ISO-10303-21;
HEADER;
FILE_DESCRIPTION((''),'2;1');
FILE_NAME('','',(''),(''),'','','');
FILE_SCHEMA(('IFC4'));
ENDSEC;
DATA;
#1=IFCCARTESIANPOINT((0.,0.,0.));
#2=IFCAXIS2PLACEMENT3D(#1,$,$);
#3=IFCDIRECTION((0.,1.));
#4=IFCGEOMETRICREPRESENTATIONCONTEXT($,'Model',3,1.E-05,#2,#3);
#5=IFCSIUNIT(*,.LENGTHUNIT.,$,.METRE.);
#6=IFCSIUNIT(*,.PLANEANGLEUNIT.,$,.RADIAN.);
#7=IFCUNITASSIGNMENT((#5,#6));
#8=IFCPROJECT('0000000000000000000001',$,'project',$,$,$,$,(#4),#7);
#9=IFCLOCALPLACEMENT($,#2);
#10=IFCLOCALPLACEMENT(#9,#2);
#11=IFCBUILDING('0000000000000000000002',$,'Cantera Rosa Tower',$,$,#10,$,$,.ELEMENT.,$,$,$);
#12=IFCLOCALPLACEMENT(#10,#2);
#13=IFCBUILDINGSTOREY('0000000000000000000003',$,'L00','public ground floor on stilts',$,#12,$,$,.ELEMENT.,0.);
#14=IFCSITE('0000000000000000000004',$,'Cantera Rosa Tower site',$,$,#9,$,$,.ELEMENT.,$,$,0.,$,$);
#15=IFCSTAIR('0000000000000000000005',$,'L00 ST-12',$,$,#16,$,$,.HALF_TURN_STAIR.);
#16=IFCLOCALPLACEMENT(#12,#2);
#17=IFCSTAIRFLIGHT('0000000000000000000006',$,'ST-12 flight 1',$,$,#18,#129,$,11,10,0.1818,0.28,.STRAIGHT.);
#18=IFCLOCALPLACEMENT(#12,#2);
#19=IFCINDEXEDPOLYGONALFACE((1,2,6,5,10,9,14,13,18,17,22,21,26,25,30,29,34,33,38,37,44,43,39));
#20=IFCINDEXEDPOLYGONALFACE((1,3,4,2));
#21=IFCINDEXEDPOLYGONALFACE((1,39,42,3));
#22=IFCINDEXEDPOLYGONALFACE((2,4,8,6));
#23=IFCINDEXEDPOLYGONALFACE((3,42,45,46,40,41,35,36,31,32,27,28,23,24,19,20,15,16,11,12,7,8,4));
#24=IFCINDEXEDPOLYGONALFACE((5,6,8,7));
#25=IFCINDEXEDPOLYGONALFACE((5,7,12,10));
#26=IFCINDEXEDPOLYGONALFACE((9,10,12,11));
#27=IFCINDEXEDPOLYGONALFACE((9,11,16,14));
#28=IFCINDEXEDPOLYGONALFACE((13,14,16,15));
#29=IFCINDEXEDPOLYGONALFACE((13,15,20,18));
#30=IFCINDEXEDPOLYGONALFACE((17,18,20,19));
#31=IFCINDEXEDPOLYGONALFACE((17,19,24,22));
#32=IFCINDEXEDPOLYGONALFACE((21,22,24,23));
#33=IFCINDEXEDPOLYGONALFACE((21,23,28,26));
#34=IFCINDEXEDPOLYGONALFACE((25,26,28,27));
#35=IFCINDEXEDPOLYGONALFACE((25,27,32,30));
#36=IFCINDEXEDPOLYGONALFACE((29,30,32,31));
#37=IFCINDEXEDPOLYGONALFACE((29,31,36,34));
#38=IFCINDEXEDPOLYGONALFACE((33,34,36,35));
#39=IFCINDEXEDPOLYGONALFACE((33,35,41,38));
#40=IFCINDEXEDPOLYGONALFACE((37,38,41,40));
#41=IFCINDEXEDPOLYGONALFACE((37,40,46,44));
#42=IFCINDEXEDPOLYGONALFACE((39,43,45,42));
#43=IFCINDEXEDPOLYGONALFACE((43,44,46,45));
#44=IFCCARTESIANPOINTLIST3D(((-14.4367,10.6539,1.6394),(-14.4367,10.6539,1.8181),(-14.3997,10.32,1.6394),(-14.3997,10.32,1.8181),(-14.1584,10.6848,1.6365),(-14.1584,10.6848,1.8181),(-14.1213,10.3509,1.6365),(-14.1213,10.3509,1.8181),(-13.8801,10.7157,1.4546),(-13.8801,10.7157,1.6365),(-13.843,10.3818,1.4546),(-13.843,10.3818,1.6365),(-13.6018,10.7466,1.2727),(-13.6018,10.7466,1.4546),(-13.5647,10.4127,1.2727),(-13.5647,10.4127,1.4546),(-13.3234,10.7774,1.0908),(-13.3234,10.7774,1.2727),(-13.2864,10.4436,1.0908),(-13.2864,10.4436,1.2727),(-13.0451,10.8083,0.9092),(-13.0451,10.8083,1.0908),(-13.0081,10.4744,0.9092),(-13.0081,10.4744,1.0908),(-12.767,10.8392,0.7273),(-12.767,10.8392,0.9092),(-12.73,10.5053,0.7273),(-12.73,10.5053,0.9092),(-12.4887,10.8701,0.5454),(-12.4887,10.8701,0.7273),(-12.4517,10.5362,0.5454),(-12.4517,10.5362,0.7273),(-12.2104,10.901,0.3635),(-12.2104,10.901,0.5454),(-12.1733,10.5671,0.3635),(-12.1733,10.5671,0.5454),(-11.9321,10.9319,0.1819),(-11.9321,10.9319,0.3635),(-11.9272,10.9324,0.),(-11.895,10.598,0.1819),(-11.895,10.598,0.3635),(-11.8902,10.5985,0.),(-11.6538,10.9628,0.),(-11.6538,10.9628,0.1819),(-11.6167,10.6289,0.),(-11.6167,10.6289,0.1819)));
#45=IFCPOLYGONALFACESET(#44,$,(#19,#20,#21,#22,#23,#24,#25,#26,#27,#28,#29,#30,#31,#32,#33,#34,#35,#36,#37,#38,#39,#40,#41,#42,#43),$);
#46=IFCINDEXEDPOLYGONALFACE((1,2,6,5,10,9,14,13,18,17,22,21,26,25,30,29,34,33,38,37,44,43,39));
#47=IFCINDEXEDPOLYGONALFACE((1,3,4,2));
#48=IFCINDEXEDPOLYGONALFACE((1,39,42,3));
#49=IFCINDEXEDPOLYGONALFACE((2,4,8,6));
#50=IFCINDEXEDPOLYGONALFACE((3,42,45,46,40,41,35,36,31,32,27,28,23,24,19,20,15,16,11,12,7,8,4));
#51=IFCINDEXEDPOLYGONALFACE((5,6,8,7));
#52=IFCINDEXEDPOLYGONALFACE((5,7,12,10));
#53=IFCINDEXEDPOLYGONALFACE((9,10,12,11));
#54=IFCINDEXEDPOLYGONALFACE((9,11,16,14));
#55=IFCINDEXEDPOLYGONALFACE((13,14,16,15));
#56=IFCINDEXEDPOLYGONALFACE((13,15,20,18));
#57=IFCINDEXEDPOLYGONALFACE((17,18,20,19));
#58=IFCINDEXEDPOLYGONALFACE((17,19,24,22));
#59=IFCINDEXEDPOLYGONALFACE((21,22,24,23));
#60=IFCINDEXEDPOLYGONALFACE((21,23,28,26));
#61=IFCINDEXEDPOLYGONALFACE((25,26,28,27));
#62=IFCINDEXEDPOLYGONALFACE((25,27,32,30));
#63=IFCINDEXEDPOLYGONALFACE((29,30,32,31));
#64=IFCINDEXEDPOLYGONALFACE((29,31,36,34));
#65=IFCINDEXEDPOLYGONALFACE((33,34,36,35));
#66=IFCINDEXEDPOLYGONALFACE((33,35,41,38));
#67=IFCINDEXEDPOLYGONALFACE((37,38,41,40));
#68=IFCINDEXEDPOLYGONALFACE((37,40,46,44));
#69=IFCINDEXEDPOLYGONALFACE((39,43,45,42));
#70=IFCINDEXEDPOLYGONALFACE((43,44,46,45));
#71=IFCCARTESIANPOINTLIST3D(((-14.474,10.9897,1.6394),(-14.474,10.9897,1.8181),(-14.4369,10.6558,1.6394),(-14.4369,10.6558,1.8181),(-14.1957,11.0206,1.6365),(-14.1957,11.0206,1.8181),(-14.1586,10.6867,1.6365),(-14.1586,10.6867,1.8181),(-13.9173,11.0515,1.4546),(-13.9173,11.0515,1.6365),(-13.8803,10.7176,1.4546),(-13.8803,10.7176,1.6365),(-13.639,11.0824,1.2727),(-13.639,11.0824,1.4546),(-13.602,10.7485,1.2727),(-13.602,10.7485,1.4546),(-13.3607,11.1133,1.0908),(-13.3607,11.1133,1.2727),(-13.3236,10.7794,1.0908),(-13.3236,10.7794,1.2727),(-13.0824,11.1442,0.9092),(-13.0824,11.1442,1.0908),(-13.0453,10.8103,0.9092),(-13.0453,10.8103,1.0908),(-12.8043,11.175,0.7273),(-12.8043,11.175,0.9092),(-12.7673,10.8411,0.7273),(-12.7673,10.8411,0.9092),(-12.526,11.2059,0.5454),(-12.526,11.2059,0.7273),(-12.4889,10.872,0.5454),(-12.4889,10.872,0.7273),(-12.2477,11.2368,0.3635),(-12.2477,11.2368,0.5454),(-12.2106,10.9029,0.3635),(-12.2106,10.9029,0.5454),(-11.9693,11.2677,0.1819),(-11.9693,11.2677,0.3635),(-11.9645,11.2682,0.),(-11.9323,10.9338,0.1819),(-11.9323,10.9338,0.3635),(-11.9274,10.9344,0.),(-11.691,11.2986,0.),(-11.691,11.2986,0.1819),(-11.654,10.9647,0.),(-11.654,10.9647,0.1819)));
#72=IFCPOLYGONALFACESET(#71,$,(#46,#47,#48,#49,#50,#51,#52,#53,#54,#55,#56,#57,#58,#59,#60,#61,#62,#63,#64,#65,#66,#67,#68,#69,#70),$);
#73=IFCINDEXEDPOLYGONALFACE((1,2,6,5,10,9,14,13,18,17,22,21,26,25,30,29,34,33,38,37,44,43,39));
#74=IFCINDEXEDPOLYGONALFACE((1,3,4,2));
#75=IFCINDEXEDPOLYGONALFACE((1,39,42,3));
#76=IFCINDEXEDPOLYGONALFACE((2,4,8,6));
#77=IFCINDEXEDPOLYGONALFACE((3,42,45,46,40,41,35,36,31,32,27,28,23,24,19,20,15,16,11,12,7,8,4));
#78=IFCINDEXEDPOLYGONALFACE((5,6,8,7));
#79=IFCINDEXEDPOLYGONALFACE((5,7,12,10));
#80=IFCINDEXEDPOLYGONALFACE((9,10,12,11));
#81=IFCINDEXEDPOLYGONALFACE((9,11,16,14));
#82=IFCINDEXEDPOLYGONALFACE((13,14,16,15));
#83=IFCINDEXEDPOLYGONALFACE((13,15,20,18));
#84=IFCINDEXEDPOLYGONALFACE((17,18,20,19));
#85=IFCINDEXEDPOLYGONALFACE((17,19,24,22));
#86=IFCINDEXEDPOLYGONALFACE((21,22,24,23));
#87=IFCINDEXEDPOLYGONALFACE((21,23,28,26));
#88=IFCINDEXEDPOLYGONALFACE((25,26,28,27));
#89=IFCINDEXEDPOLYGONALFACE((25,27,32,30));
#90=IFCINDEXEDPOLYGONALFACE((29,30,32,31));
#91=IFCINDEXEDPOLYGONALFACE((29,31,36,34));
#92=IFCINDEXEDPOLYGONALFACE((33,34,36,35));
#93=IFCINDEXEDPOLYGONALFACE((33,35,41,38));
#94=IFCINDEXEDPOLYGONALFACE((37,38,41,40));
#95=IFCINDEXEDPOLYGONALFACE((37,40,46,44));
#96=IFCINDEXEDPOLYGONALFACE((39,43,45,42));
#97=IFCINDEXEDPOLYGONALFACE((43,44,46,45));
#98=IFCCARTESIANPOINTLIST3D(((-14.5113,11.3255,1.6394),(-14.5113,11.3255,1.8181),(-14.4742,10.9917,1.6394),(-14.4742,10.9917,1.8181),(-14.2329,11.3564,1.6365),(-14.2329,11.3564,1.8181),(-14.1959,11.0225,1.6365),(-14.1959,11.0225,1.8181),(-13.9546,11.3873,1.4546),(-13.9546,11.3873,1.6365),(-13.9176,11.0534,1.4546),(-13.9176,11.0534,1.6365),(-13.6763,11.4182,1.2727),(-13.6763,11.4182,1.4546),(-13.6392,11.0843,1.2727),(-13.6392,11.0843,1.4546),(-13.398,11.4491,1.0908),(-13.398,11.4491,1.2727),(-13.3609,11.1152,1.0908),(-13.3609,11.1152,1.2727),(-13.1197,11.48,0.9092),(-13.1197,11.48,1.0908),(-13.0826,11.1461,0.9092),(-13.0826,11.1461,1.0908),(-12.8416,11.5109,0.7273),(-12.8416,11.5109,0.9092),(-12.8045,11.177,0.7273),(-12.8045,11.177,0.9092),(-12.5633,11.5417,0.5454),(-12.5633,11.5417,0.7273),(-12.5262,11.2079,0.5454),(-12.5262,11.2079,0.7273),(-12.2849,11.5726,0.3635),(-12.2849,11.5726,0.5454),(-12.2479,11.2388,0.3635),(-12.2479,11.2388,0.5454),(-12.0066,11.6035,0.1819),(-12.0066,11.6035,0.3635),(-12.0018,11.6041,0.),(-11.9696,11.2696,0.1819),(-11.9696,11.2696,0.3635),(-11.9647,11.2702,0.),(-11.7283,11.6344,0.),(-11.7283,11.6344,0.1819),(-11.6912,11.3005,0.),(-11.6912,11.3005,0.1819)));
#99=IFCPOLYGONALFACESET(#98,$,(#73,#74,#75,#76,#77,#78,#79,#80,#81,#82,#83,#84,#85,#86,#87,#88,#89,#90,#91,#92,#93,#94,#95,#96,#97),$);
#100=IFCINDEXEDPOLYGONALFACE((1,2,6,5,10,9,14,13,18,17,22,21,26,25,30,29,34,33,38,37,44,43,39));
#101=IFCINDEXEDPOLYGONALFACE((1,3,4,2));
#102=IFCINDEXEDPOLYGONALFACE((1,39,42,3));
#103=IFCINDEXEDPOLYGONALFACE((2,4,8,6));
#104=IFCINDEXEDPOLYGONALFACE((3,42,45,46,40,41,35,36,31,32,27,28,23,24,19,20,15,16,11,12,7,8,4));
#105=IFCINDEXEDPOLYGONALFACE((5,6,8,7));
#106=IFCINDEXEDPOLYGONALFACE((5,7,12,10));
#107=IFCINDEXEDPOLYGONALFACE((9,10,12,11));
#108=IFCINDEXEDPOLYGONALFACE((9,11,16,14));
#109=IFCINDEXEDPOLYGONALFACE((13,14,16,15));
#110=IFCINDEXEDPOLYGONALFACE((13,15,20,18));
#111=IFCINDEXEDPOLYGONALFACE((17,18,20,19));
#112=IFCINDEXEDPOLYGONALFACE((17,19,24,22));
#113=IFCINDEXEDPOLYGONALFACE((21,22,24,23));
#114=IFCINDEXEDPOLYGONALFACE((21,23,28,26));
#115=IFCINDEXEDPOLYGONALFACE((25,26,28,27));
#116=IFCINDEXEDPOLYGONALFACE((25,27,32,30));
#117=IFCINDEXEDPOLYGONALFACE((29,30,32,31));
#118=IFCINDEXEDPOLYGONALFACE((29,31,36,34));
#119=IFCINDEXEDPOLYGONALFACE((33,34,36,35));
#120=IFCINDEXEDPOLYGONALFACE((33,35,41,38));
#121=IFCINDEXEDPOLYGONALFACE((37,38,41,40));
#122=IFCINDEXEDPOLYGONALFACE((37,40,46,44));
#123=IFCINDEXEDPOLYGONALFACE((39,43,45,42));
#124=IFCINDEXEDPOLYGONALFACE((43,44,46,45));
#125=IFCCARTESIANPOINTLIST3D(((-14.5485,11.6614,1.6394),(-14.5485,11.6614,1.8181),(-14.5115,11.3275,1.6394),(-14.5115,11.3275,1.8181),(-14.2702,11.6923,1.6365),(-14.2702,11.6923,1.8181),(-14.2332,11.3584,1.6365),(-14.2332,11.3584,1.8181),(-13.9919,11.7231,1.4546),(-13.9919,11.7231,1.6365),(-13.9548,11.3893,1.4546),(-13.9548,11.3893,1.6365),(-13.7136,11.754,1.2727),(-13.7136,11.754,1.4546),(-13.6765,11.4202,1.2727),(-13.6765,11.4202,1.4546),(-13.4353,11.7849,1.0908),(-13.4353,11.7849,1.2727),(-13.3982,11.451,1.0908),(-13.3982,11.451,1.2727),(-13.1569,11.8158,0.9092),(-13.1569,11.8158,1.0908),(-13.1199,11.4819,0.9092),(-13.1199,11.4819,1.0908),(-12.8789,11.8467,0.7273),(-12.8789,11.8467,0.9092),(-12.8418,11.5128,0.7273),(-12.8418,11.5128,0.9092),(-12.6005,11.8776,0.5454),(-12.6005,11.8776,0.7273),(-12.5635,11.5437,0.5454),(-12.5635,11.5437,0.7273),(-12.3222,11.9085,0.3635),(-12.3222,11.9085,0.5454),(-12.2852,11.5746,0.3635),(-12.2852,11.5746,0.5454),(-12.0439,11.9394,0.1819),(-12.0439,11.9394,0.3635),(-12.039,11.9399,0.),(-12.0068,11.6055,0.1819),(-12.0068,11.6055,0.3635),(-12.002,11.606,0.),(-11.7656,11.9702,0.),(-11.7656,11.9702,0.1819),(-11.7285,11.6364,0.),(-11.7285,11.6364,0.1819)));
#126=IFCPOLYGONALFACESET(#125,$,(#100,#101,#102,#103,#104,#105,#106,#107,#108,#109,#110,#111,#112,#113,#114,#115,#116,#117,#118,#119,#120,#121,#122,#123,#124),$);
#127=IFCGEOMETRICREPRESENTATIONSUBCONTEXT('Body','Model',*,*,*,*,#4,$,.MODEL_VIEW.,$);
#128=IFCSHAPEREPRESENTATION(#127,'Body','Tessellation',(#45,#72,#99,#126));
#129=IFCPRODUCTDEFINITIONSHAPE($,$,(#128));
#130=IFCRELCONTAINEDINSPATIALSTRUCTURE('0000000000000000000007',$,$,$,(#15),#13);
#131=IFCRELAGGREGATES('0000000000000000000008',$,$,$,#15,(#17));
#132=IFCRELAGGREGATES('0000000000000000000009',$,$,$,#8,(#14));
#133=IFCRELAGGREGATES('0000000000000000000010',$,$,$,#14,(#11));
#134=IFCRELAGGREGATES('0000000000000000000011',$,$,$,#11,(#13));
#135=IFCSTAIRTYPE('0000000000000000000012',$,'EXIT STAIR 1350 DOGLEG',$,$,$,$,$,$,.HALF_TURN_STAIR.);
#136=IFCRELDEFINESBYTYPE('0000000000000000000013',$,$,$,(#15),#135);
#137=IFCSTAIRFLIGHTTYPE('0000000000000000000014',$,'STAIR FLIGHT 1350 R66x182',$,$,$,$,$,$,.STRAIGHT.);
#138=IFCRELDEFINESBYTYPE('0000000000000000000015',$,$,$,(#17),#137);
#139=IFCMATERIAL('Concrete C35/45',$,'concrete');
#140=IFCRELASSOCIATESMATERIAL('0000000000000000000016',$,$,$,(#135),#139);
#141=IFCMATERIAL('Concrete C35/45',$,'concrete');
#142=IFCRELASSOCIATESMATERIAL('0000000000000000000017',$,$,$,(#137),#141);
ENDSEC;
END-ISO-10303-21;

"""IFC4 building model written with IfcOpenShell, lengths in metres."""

from ifc_helpers import new_model, si_unit, direction, frame, origin, place, context, subcontext, project, spatial, polyline, outline, extrude, material, type_object, element, aggregate, save


model = new_model("IFC4")

# Units and contexts
model_context = context("Model", 3, precision=1e-05, world=origin(), true_north=direction((0.0, 1.0)))
body_context = subcontext(model_context, "Body", "Model", "MODEL_VIEW")
ifc_project = project(units=[si_unit("LENGTHUNIT", "METRE"), si_unit("PLANEANGLEUNIT", "RADIAN")], contexts=[model_context])

# Site, building, storey
site_placement = place(None, origin())
site = spatial("IfcSite", under=ifc_project, at=site_placement, Name="Cantera Rosa Tower site", CompositionType="ELEMENT", RefElevation=0.0)
building_placement = place(site_placement, origin())
building = spatial("IfcBuilding", under=site, at=building_placement, Name="Cantera Rosa Tower", CompositionType="ELEMENT")
storey_placement = place(building_placement, origin())
storey = spatial("IfcBuildingStorey", under=building, at=storey_placement, Name="L00", Description="public ground floor on stilts", CompositionType="ELEMENT", Elevation=0.0)

# Stair, stair flight
ifc_material_1 = material(Name="Concrete C35/45", Category="concrete")
stair_type = type_object("IfcStairType", Name="EXIT STAIR 1350 DOGLEG", PredefinedType="HALF_TURN_STAIR", material=ifc_material_1)
stair_placement = place(storey_placement, origin())
stair = element("IfcStair", 1, at=stair_placement, inside=storey, type_object=stair_type, Name="L00 ST-12", PredefinedType="HALF_TURN_STAIR")
ifc_material_2 = material(Name="Concrete C35/45", Category="concrete")
stair_flight_type = type_object("IfcStairFlightType", Name="STAIR FLIGHT 1350 R66x182", PredefinedType="STRAIGHT", material=ifc_material_2)
stair_flight_1_placement = place(storey_placement, frame((-11.6912, 11.2998, 0.0), z_axis=(0.0, 0.0, 1.0), x_axis=(-0.993897, -0.110313, 0.0)))
stair_flight_1 = element("IfcStairFlight", 2, at=stair_flight_1_placement, type_object=stair_flight_type, Name="ST-12 flight 1", NumberOfRisers=11, NumberOfTreads=10, PredefinedType="STRAIGHT", RiserHeight=0.1818, TreadLength=0.28, context=body_context, shape_type="SweptSolid", body=[
    extrude(outline(polyline([(0.0, 0.0), (0.0, 0.1819), (0.28, 0.1819), (0.28, 0.3635), (0.5601, 0.3635), (0.5601, 0.5454), (0.8401, 0.5454), (0.8401, 0.7273), (1.1201, 0.7273), (1.1201, 0.9092), (1.3999, 0.9092), (1.3999, 1.0908), (1.6799, 1.0908), (1.6799, 1.2727), (1.96, 1.2727), (1.96, 1.4546), (2.24, 1.4546), (2.24, 1.6365), (2.52, 1.6365), (2.52, 1.8181), (2.8, 1.8181), (2.8, 2.0), (2.8, 1.6394), (0.2751, 0.0), (0.0, 0.0)])), frame((0.0, 0.675, 0.0), z_axis=(0.0, -1.0, 0.0), x_axis=(1.0, 0.0, 0.0)), (0.0, 0.0, 1.0), 0.3359),
    extrude(outline(polyline([(0.0, 0.0), (0.0, 0.1819), (0.28, 0.1819), (0.28, 0.3635), (0.5601, 0.3635), (0.5601, 0.5454), (0.8401, 0.5454), (0.8401, 0.7273), (1.1201, 0.7273), (1.1201, 0.9092), (1.3999, 0.9092), (1.3999, 1.0908), (1.6799, 1.0908), (1.6799, 1.2727), (1.96, 1.2727), (1.96, 1.4546), (2.24, 1.4546), (2.24, 1.6365), (2.52, 1.6365), (2.52, 1.8181), (2.8, 1.8181), (2.8, 2.0), (2.8, 1.6394), (0.2751, 0.0), (0.0, 0.0)])), frame((0.0, 0.3372, 0.0), z_axis=(0.0, -1.0, 0.0), x_axis=(1.0, 0.0, 0.0)), (0.0, 0.0, 1.0), 0.3359),
    extrude(outline(polyline([(0.0, 0.0), (0.0, 0.1819), (0.28, 0.1819), (0.28, 0.3635), (0.5601, 0.3635), (0.5601, 0.5454), (0.8401, 0.5454), (0.8401, 0.7273), (1.1201, 0.7273), (1.1201, 0.9092), (1.3999, 0.9092), (1.3999, 1.0908), (1.6799, 1.0908), (1.6799, 1.2727), (1.96, 1.2727), (1.96, 1.4546), (2.24, 1.4546), (2.24, 1.6365), (2.52, 1.6365), (2.52, 1.8181), (2.8, 1.8181), (2.8, 2.0), (2.8, 1.6394), (0.2751, 0.0), (0.0, 0.0)])), frame((0.0, -0.0007, 0.0), z_axis=(0.0, -1.0, 0.0), x_axis=(1.0, 0.0, 0.0)), (0.0, 0.0, 1.0), 0.3359),
    extrude(outline(polyline([(0.0, 0.0), (0.0, 0.1819), (0.28, 0.1819), (0.28, 0.3635), (0.5601, 0.3635), (0.5601, 0.5454), (0.8401, 0.5454), (0.8401, 0.7273), (1.1201, 0.7273), (1.1201, 0.9092), (1.3999, 0.9092), (1.3999, 1.0908), (1.6799, 1.0908), (1.6799, 1.2727), (1.96, 1.2727), (1.96, 1.4546), (2.24, 1.4546), (2.24, 1.6365), (2.52, 1.6365), (2.52, 1.8181), (2.8, 1.8181), (2.8, 2.0), (2.8, 1.6394), (0.2751, 0.0), (0.0, 0.0)])), frame((0.0, -0.3386, 0.0), z_axis=(0.0, -1.0, 0.0), x_axis=(1.0, 0.0, 0.0)), (0.0, 0.0, 1.0), 0.3359),
])
aggregate(stair, [stair_flight_1])

save(model, "model.ifc")
